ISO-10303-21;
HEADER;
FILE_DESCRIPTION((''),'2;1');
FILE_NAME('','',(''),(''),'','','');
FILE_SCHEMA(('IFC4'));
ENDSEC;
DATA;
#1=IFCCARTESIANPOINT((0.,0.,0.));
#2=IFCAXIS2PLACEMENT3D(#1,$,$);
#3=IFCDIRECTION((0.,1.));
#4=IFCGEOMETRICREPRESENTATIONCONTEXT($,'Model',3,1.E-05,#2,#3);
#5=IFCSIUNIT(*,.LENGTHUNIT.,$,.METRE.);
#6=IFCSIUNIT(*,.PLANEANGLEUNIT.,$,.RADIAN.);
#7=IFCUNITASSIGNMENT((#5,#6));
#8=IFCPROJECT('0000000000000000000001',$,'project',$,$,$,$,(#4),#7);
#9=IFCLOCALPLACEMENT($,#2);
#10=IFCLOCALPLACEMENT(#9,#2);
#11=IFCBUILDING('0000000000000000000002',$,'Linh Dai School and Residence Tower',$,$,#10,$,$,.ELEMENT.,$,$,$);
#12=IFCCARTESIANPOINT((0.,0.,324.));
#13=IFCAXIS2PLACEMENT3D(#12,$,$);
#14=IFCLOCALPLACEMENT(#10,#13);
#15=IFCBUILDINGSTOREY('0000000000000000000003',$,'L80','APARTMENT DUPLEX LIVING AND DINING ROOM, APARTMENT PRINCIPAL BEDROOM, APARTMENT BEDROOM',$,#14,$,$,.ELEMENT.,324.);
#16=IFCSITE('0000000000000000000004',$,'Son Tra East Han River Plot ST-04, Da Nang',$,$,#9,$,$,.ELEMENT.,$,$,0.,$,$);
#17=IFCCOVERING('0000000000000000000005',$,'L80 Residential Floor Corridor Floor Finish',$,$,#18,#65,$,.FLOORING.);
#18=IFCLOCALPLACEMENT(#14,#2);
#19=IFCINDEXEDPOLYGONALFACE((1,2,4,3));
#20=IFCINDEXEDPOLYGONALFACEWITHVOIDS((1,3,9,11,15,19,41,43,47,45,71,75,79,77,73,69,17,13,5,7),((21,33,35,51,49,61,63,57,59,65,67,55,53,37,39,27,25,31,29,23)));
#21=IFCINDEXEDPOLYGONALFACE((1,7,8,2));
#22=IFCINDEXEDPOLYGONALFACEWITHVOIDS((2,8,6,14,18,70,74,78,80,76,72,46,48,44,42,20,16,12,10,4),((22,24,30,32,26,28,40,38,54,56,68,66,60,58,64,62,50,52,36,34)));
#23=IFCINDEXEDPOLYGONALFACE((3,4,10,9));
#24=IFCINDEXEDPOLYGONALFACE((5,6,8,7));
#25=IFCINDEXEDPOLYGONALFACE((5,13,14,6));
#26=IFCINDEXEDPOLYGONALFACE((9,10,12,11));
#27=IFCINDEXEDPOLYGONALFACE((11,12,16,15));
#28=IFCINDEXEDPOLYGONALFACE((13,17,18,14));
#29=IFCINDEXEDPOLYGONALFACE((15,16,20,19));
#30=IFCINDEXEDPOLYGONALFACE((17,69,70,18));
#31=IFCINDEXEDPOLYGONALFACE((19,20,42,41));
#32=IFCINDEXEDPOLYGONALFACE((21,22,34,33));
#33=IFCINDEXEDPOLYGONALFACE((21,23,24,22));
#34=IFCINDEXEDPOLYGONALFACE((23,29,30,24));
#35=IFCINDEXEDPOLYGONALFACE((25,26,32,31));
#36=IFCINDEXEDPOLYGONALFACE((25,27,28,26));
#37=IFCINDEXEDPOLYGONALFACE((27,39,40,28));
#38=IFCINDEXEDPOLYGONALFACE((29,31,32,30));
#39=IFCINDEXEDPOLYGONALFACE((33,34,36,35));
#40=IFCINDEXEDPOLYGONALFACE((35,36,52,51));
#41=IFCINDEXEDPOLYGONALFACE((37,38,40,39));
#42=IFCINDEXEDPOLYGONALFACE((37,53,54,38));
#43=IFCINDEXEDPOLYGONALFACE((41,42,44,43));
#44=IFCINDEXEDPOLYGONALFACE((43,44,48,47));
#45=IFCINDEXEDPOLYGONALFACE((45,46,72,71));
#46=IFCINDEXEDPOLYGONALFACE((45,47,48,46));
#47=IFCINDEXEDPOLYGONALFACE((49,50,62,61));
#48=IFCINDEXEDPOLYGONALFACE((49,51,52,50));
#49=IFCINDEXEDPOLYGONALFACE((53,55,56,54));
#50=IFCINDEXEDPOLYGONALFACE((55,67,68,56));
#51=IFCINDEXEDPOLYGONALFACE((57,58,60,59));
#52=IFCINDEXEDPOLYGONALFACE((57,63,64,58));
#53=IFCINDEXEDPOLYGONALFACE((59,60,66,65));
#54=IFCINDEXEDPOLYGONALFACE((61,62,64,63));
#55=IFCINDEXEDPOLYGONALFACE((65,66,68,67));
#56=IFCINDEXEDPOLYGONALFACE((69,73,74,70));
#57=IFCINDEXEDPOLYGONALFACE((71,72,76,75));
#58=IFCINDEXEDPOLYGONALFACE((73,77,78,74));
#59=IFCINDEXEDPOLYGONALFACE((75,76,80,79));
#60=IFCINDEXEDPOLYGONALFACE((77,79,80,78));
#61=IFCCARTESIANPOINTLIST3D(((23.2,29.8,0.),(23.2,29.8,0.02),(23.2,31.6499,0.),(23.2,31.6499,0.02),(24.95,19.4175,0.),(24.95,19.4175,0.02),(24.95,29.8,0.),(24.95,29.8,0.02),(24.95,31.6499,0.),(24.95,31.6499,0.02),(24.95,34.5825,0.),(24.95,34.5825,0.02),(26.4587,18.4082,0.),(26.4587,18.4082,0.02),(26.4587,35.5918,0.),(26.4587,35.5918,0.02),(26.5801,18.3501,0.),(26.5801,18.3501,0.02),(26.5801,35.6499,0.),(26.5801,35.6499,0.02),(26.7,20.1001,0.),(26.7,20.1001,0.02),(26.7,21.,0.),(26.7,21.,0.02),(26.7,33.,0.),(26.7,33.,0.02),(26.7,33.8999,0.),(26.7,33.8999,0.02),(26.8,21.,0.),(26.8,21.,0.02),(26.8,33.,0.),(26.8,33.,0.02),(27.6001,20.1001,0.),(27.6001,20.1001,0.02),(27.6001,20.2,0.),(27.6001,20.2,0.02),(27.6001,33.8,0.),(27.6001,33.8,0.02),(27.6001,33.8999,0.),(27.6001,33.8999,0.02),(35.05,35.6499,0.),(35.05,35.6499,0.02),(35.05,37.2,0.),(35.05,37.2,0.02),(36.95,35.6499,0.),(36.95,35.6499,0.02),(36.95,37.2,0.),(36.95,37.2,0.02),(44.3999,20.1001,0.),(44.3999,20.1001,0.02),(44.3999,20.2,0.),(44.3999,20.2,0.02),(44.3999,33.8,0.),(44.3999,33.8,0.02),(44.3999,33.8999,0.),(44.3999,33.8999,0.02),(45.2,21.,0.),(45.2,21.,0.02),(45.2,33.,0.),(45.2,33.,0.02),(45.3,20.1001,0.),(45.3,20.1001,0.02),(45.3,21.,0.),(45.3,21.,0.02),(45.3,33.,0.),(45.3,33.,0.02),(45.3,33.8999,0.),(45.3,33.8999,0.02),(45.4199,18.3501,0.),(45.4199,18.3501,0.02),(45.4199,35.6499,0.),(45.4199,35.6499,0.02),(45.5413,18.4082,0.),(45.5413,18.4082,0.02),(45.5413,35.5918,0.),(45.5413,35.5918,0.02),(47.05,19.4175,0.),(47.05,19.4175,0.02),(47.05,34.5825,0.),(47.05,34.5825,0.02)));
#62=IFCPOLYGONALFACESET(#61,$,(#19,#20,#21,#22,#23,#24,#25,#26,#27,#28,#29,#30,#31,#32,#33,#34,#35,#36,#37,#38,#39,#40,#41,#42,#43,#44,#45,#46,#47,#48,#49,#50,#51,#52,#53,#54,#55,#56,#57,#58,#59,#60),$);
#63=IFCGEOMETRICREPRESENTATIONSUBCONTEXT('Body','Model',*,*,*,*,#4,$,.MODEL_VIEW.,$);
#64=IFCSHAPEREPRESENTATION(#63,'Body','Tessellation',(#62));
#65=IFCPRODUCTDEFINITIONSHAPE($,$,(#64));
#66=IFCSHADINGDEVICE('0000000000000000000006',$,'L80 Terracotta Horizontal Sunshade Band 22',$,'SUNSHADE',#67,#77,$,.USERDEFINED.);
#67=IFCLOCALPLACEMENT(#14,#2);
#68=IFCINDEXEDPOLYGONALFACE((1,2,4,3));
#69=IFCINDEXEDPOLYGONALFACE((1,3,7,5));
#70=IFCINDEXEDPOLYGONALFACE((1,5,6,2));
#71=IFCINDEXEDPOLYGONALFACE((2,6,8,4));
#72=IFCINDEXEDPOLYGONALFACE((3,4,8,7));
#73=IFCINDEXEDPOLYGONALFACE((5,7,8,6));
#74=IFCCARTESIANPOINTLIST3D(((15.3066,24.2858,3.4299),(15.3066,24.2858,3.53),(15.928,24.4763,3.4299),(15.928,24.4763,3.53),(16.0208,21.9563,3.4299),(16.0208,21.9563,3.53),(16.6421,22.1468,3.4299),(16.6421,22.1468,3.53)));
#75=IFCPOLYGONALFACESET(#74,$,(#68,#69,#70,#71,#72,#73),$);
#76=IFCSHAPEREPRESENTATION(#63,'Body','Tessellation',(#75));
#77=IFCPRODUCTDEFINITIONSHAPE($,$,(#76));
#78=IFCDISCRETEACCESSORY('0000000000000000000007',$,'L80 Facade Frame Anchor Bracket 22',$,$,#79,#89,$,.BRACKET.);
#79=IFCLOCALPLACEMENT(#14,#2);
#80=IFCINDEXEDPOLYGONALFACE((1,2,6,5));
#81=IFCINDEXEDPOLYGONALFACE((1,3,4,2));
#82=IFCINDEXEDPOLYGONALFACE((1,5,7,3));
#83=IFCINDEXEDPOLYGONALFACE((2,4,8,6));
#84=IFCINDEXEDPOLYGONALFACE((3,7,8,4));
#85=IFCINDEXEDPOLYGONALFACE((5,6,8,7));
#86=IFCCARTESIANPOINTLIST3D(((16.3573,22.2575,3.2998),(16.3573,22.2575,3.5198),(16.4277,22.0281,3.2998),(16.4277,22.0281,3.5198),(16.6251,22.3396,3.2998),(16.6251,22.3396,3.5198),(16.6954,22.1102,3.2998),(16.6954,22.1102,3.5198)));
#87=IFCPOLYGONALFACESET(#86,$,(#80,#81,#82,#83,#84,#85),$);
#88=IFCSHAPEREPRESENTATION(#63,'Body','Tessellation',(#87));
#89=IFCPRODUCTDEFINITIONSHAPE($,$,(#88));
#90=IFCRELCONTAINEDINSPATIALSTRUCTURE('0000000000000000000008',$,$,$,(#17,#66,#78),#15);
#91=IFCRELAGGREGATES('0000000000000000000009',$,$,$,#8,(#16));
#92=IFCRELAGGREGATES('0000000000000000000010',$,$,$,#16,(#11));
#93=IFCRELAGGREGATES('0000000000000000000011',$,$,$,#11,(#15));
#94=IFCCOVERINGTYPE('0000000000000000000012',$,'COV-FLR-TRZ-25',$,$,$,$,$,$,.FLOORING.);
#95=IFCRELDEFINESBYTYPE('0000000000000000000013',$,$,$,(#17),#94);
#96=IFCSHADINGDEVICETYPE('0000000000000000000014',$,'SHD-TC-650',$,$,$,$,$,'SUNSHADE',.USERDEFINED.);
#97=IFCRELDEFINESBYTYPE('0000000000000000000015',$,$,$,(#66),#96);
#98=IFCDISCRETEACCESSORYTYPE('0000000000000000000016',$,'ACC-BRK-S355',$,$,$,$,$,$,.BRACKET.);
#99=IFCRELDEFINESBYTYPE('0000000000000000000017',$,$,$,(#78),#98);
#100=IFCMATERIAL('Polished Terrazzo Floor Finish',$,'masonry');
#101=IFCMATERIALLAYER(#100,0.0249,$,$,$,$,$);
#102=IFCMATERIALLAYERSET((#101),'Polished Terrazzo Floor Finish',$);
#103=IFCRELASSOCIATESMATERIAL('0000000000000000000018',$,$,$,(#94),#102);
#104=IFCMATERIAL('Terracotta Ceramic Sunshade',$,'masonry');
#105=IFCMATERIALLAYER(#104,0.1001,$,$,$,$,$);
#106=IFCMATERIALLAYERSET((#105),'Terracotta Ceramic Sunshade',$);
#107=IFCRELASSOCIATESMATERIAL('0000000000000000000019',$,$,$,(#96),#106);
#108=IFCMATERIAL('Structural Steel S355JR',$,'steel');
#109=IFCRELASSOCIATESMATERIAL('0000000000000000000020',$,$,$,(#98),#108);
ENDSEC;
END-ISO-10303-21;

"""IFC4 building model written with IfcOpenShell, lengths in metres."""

from ifc_helpers import new_model, si_unit, direction, frame, origin, origin_2d, place, context, subcontext, project, spatial, polyline, rectangle, outline, extrude, source, transform, mapped, material, layer, layer_set, type_object, element, save


model = new_model("IFC4")

# Units and contexts
model_context = context("Model", 3, precision=1e-05, world=origin(), true_north=direction((0.0, 1.0)))
body_context = subcontext(model_context, "Body", "Model", "MODEL_VIEW")
ifc_project = project(units=[si_unit("LENGTHUNIT", "METRE"), si_unit("PLANEANGLEUNIT", "RADIAN")], contexts=[model_context])

# Site, building, storey
site_placement = place(None, origin())
site = spatial("IfcSite", under=ifc_project, at=site_placement, Name="Son Tra East Han River Plot ST-04, Da Nang", CompositionType="ELEMENT", RefElevation=0.0)
building_placement = place(site_placement, origin())
building = spatial("IfcBuilding", under=site, at=building_placement, Name="Linh Dai School and Residence Tower", CompositionType="ELEMENT")
storey_placement = place(building_placement, frame((0.0, 0.0, 324.0)))
storey = spatial("IfcBuildingStorey", under=building, at=storey_placement, Name="L80", Description="APARTMENT DUPLEX LIVING AND DINING ROOM, APARTMENT PRINCIPAL BEDROOM, APARTMENT BEDROOM", CompositionType="ELEMENT", Elevation=324.0)

# Shared definitions
ifc_material_1 = material(Name="Structural Steel S355JR", Category="steel")

# Covering
ifc_material_2 = material(Name="Polished Terrazzo Floor Finish", Category="masonry")
ifc_layer_1 = layer(ifc_material_2, 0.0249)
ifc_layer_set_1 = layer_set([ifc_layer_1], Name="Polished Terrazzo Floor Finish")
covering_type_1 = type_object("IfcCoveringType", Name="COV-FLR-TRZ-25", PredefinedType="FLOORING", material=ifc_layer_set_1)
covering_1_placement = place(storey_placement, origin())
element("IfcCovering", 1, at=covering_1_placement, inside=storey, type_object=covering_type_1, Name="L80 Residential Floor Corridor Floor Finish", PredefinedType="FLOORING", context=body_context, shape_type="SweptSolid", body=[
    extrude(outline(polyline([(23.2, 31.6499), (24.95, 31.6499), (24.95, 34.5825), (26.4587, 35.5918), (26.5801, 35.6499), (35.05, 35.6499), (35.05, 37.2), (36.95, 37.2), (36.95, 35.6499), (45.4199, 35.6499), (45.5413, 35.5918), (47.05, 34.5825), (47.05, 19.4175), (45.5413, 18.4082), (45.4199, 18.3501), (26.5801, 18.3501), (26.4587, 18.4082), (24.95, 19.4175), (24.95, 29.8), (23.2, 29.8), (23.2, 31.6499)]), holes=[polyline([(27.6001, 33.8), (27.6001, 33.8999), (26.7, 33.8999), (26.7, 33.0), (26.8, 33.0), (26.8, 21.0), (26.7, 21.0), (26.7, 20.1001), (27.6001, 20.1001), (27.6001, 20.2), (44.3999, 20.2), (44.3999, 20.1001), (45.3, 20.1001), (45.3, 21.0), (45.2, 21.0), (45.2, 33.0), (45.3, 33.0), (45.3, 33.8999), (44.3999, 33.8999), (44.3999, 33.8), (27.6001, 33.8)])]), origin(), (0.0, 0.0, 1.0), 0.02),
])

# Shading device
ifc_material_3 = material(Name="Terracotta Ceramic Sunshade", Category="masonry")
ifc_layer_2 = layer(ifc_material_3, 0.1001)
ifc_layer_set_2 = layer_set([ifc_layer_2], Name="Terracotta Ceramic Sunshade")
shading_device_type = type_object("IfcShadingDeviceType", Name="SHD-TC-650", ElementType="SUNSHADE", PredefinedType="USERDEFINED", material=ifc_layer_set_2)
shared_shape_1 = source(origin(), body_context, "Body", "SweptSolid", [
    extrude(rectangle(XDim=2.4365, YDim=0.6499, at=origin_2d()), origin(), (0.0, 0.0, 1.0), 0.1001),
])
shading_device_placement = place(storey_placement, frame((15.9744, 23.2163, 3.4299), z_axis=(0.0, 0.0, 1.0), x_axis=(-0.293095, 0.956083, 0.0)))
element("IfcShadingDevice", 2, at=shading_device_placement, inside=storey, type_object=shading_device_type, Name="L80 Terracotta Horizontal Sunshade Band 22", ObjectType="SUNSHADE", PredefinedType="USERDEFINED", context=body_context, shape_type="MappedRepresentation", body=[
    mapped(shared_shape_1, transform((0.0, 0.0, 0.0), x_axis=(1.0, 0.0, 0.0), y_axis=(0.0, 1.0, 0.0), z_axis=(0.0, 0.0, 1.0), scale=1.0)),
])

# Discrete accessory
discrete_accessory_type = type_object("IfcDiscreteAccessoryType", Name="ACC-BRK-S355", PredefinedType="BRACKET", material=ifc_material_1)
shared_shape_2 = source(origin(), body_context, "Body", "SweptSolid", [
    extrude(rectangle(XDim=0.28, YDim=0.24, at=origin_2d()), origin(), (0.0, 0.0, 1.0), 0.22),
])
discrete_accessory_placement = place(storey_placement, frame((16.5264, 22.1838, 3.2998), z_axis=(0.0, 0.0, 1.0), x_axis=(-0.956083, -0.293095, 0.0)))
element("IfcDiscreteAccessory", 3, at=discrete_accessory_placement, inside=storey, type_object=discrete_accessory_type, Name="L80 Facade Frame Anchor Bracket 22", PredefinedType="BRACKET", context=body_context, shape_type="MappedRepresentation", body=[
    mapped(shared_shape_2, transform((0.0, 0.0, 0.0), x_axis=(1.0, 0.0, 0.0), y_axis=(0.0, 1.0, 0.0), z_axis=(0.0, 0.0, 1.0), scale=1.0)),
])

save(model, "model.ifc")
